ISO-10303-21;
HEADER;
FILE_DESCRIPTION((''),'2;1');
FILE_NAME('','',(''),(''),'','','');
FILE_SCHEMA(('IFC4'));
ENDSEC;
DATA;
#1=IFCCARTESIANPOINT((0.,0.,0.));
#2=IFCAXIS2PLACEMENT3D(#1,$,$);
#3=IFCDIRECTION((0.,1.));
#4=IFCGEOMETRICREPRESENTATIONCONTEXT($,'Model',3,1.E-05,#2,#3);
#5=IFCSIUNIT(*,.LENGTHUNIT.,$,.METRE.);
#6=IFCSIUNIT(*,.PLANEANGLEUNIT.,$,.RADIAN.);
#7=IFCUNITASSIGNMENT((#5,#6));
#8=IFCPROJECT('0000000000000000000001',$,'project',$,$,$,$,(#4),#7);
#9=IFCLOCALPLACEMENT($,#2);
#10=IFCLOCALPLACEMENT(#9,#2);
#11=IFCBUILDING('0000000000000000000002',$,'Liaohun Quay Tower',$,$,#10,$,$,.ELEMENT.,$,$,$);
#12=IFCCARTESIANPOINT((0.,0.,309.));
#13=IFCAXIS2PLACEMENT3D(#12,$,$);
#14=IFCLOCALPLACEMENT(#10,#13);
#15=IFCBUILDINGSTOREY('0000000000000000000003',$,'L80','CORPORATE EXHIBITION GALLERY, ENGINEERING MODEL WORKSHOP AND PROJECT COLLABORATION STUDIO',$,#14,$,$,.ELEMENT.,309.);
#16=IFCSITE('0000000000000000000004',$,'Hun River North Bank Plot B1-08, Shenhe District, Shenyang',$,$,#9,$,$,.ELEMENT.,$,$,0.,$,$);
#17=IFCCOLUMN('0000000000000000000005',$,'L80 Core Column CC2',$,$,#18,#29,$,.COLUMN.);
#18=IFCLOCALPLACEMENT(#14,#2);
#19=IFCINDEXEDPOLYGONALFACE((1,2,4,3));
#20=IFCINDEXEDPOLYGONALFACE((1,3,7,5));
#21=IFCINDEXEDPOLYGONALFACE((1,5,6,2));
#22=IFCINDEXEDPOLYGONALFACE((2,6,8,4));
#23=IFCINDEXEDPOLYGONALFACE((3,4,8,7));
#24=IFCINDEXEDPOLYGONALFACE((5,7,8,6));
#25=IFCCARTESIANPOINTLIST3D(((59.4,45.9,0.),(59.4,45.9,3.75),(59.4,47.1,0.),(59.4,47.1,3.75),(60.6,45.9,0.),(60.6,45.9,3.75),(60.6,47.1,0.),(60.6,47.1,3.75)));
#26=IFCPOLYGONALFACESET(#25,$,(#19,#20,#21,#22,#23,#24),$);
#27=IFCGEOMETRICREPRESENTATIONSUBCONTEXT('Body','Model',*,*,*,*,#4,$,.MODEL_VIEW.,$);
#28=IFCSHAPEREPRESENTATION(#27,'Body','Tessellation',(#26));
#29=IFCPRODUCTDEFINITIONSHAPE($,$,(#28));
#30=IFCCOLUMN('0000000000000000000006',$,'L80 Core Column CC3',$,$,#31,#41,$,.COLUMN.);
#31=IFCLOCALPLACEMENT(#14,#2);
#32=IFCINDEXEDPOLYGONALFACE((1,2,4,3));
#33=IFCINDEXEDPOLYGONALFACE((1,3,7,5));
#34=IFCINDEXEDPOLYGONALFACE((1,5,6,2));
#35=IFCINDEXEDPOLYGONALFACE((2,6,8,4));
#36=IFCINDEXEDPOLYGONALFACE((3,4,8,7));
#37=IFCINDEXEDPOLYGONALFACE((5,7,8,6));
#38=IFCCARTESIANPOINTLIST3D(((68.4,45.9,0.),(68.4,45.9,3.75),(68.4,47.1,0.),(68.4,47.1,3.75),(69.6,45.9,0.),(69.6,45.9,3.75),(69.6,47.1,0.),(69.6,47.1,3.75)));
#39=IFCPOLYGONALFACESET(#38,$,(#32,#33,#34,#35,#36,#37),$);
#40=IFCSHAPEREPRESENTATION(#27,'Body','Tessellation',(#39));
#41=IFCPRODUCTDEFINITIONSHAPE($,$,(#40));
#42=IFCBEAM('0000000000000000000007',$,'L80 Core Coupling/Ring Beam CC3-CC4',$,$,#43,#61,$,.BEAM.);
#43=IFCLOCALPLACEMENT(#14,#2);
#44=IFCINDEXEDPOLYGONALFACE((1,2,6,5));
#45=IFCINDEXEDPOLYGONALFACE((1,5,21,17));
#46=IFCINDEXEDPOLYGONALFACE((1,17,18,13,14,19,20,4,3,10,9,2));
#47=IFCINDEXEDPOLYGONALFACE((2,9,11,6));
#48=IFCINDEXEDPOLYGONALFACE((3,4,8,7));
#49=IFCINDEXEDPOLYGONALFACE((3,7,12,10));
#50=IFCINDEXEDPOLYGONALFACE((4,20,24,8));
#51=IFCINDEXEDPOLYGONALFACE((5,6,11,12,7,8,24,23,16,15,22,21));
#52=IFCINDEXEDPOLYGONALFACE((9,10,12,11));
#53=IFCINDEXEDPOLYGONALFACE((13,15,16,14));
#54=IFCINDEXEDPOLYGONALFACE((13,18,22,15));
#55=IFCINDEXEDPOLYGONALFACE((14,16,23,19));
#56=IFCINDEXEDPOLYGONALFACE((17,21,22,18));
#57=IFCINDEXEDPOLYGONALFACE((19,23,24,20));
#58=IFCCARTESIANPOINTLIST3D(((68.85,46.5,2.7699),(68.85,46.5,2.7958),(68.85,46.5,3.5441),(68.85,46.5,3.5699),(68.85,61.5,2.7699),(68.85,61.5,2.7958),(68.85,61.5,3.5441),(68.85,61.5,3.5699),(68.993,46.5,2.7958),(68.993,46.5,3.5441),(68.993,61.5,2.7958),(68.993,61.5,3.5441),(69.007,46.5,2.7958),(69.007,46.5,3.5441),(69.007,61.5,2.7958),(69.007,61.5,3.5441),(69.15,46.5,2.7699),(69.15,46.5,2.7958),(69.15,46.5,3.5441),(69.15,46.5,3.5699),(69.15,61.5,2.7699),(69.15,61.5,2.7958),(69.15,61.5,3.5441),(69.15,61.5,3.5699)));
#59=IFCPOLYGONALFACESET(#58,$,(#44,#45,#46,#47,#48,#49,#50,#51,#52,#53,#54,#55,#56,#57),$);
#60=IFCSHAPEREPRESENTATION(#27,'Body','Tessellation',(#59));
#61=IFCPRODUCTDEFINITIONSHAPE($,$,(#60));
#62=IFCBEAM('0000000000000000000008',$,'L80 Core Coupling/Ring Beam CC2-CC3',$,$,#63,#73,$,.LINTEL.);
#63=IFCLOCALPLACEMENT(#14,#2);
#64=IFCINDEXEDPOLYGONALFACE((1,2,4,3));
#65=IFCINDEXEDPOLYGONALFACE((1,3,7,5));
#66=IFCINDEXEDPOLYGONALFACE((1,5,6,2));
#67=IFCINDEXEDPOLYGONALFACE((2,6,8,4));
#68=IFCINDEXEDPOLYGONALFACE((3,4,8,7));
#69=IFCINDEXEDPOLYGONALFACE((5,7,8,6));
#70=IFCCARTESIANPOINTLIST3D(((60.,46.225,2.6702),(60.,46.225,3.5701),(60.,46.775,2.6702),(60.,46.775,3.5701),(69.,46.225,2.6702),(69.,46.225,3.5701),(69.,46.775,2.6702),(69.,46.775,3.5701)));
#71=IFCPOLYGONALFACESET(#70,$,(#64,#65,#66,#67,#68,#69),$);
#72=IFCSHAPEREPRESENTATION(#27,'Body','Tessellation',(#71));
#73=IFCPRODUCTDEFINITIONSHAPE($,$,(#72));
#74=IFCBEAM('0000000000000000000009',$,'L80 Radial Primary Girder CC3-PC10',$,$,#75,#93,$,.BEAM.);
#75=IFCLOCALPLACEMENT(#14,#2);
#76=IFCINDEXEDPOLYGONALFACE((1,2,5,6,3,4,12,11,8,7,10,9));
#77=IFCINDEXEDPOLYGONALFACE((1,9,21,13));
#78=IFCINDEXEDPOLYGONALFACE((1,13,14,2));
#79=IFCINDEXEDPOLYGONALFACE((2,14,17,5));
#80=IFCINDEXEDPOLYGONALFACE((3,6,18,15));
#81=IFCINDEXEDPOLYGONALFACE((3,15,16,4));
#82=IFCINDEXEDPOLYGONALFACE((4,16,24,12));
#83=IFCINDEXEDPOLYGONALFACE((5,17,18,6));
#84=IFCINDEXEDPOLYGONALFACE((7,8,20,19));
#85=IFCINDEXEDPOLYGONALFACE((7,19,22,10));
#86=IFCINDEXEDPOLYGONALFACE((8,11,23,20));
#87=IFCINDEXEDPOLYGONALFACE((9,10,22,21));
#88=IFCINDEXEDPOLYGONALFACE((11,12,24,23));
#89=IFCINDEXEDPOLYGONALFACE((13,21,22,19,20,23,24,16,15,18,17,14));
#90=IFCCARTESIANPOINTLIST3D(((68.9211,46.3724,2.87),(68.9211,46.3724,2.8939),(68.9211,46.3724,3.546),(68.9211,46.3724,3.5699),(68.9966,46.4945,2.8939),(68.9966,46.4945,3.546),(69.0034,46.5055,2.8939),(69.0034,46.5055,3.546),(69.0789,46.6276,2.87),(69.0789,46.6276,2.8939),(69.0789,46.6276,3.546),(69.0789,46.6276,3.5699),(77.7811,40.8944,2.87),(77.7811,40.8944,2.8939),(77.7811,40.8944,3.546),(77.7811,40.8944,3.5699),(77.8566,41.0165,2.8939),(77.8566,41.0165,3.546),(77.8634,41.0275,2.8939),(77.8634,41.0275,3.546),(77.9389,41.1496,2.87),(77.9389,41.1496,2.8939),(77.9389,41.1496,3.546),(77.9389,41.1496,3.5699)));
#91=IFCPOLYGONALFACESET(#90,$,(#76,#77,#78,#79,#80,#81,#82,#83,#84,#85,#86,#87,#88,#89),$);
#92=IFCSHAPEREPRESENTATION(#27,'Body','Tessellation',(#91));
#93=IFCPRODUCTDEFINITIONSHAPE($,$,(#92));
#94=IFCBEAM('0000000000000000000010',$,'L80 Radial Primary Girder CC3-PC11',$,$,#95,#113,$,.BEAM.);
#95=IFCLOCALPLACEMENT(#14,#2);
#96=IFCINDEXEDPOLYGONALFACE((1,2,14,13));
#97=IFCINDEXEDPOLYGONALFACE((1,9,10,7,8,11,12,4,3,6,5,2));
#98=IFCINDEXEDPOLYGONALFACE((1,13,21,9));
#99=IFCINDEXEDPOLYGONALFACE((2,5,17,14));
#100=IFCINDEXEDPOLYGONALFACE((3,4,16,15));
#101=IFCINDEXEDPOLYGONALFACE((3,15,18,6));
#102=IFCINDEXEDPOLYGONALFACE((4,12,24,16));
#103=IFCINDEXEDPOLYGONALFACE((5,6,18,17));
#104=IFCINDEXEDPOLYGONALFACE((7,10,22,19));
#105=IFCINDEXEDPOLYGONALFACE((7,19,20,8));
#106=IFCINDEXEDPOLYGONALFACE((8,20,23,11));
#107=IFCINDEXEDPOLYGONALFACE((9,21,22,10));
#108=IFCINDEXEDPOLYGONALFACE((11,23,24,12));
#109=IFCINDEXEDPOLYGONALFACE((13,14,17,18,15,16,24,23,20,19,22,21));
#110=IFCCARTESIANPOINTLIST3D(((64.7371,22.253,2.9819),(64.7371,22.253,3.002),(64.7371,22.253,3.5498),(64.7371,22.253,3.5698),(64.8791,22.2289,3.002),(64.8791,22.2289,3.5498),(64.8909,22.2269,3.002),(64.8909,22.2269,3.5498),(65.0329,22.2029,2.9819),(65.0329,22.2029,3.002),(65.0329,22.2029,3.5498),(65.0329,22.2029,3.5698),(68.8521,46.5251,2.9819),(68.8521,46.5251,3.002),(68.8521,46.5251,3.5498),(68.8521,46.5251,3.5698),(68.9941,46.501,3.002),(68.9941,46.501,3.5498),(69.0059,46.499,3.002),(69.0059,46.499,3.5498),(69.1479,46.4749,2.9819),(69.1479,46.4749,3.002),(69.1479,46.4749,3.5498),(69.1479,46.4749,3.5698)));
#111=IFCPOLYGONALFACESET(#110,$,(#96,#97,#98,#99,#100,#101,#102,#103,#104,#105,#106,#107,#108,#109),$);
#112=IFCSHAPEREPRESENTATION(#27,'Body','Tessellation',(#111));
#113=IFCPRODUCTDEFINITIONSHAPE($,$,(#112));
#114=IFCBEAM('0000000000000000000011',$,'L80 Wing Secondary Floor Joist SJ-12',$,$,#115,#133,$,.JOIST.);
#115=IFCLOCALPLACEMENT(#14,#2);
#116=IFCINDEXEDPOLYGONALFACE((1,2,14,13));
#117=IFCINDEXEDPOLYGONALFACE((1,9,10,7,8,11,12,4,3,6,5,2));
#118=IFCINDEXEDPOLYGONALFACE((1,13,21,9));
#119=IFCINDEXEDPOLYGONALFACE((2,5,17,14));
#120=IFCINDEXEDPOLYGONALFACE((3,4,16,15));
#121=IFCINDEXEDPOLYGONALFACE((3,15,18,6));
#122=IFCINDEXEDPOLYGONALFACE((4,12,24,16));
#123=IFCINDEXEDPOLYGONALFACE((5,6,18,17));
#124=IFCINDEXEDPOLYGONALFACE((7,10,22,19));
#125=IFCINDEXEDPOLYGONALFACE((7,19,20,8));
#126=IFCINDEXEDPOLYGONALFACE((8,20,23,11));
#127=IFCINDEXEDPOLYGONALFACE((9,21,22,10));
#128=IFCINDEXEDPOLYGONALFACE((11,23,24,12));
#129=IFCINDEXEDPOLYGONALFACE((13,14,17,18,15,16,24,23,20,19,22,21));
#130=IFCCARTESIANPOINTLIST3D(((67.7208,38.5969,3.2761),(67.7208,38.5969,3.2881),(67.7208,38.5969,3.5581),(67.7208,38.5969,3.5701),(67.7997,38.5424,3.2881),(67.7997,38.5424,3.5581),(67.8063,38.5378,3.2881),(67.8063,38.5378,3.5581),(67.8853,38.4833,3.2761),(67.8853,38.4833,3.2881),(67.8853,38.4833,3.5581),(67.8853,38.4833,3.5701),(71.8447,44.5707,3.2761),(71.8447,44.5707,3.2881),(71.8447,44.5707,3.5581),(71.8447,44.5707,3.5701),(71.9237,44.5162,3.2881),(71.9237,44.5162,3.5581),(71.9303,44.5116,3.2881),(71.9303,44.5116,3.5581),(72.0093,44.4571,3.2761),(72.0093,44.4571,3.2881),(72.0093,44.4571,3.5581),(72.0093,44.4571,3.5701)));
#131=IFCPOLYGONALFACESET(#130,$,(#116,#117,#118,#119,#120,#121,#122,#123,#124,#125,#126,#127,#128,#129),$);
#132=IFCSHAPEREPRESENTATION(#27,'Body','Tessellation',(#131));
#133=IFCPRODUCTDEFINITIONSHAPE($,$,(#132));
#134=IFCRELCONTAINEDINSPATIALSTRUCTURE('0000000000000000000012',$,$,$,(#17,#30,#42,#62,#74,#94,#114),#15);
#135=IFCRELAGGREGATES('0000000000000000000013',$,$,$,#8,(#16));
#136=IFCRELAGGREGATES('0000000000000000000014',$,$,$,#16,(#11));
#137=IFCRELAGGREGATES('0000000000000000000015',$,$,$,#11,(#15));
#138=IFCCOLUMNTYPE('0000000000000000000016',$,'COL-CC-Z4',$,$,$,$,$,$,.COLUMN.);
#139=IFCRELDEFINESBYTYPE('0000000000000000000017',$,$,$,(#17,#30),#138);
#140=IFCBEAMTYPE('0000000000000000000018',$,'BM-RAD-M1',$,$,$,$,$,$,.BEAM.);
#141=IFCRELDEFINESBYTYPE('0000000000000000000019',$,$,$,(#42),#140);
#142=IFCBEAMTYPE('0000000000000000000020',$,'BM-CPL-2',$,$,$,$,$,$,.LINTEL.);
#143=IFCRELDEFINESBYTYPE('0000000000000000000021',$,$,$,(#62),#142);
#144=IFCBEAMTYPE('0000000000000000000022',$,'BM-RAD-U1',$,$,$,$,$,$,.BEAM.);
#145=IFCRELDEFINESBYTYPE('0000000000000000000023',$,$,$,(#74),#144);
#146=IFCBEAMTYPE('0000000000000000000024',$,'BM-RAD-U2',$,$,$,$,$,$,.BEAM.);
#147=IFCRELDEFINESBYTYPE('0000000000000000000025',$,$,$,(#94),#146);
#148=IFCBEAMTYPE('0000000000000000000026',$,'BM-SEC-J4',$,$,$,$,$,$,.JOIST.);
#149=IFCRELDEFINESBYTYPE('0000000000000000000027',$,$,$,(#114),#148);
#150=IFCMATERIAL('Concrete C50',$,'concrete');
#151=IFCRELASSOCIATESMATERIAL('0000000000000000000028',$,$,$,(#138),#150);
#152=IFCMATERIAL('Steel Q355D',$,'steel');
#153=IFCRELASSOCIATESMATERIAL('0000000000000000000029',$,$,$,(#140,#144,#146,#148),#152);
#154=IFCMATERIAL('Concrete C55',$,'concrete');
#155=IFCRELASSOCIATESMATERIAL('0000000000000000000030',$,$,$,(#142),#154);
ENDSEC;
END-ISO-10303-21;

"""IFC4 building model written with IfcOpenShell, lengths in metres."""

from ifc_helpers import new_model, si_unit, direction, frame, origin, origin_2d, place, context, subcontext, project, spatial, rectangle, i_section, extrude, source, transform, mapped, material, material_profile, profile_set, type_object, element, save


model = new_model("IFC4")

# Units and contexts
model_context = context("Model", 3, precision=1e-05, world=origin(), true_north=direction((0.0, 1.0)))
body_context = subcontext(model_context, "Body", "Model", "MODEL_VIEW")
ifc_project = project(units=[si_unit("LENGTHUNIT", "METRE"), si_unit("PLANEANGLEUNIT", "RADIAN")], contexts=[model_context])

# Site, building, storey
site_placement = place(None, origin())
site = spatial("IfcSite", under=ifc_project, at=site_placement, Name="Hun River North Bank Plot B1-08, Shenhe District, Shenyang", CompositionType="ELEMENT", RefElevation=0.0)
building_placement = place(site_placement, origin())
building = spatial("IfcBuilding", under=site, at=building_placement, Name="Liaohun Quay Tower", CompositionType="ELEMENT")
storey_placement = place(building_placement, frame((0.0, 0.0, 309.0)))
storey = spatial("IfcBuildingStorey", under=building, at=storey_placement, Name="L80", Description="CORPORATE EXHIBITION GALLERY, ENGINEERING MODEL WORKSHOP AND PROJECT COLLABORATION STUDIO", CompositionType="ELEMENT", Elevation=309.0)

# Columns
ifc_material_1 = material(Name="Concrete C50", Category="concrete")
ifc_material_profile_1 = material_profile(ifc_material_1, rectangle(XDim=1.2, YDim=1.2, at=origin_2d()), Name="RC1200x1200")
ifc_profile_set_1 = profile_set([ifc_material_profile_1], Name="Concrete C50")
column_type = type_object("IfcColumnType", Name="COL-CC-Z4", PredefinedType="COLUMN", material=ifc_profile_set_1)
shared_shape_1 = source(origin(), body_context, "Body", "SweptSolid", [
    extrude(rectangle(XDim=1.2, YDim=1.2, at=origin_2d()), origin(), (0.0, 0.0, 1.0), 3.75),
])
for number, where, z_axis, x_axis, name in (
    (1, (60.0, 46.5, 0.0), (0.0, 0.0, 1.0), (1.0, 0.0, 0.0), "L80 Core Column CC2"),
    (2, (69.0, 46.5, 0.0), (0.0, 0.0, 1.0), (1.0, 0.0, 0.0), "L80 Core Column CC3"),
):
    element("IfcColumn", number, at=place(storey_placement, frame(where, z_axis=z_axis, x_axis=x_axis)), inside=storey, type_object=column_type, Name=name, PredefinedType="COLUMN", context=body_context, shape_type="MappedRepresentation", body=[
        mapped(shared_shape_1, transform((0.0, 0.0, 0.0), x_axis=(1.0, 0.0, 0.0), y_axis=(0.0, 1.0, 0.0), z_axis=(0.0, 0.0, 1.0), scale=1.0)),
    ])

# Beams
ifc_material_2 = material(Name="Steel Q355D", Category="steel")
ifc_material_profile_2 = material_profile(ifc_material_2, i_section(OverallWidth=0.3, OverallDepth=0.8, WebThickness=0.0139, FlangeThickness=0.0259, at=origin_2d()), Name="HN800x300x14x26")
ifc_profile_set_2 = profile_set([ifc_material_profile_2], Name="Steel Q355D")
beam_type_1 = type_object("IfcBeamType", Name="BM-RAD-M1", PredefinedType="BEAM", material=ifc_profile_set_2)
shared_shape_2 = source(origin(), body_context, "Body", "SweptSolid", [
    extrude(i_section(OverallWidth=0.3, OverallDepth=0.8, WebThickness=0.0139, FlangeThickness=0.0259, at=origin_2d()), origin(), (0.0, 0.0, 1.0), 15.0),
])
beam_1_placement = place(storey_placement, frame((69.0, 46.5, 3.1699), z_axis=(0.0, 1.0, 0.0), x_axis=(-1.0, 0.0, 0.0)))
element("IfcBeam", 3, at=beam_1_placement, inside=storey, type_object=beam_type_1, Name="L80 Core Coupling/Ring Beam CC3-CC4", PredefinedType="BEAM", context=body_context, shape_type="MappedRepresentation", body=[
    mapped(shared_shape_2, transform((0.0, 0.0, 0.0), x_axis=(1.0, 0.0, 0.0), y_axis=(0.0, 1.0, 0.0), z_axis=(0.0, 0.0, 1.0), scale=1.0)),
])
ifc_material_3 = material(Name="Concrete C55", Category="concrete")
ifc_material_profile_3 = material_profile(ifc_material_3, rectangle(XDim=0.55, YDim=0.8999, at=origin_2d()), Name="RC550x900")
ifc_profile_set_3 = profile_set([ifc_material_profile_3], Name="Concrete C55")
beam_type_2 = type_object("IfcBeamType", Name="BM-CPL-2", PredefinedType="LINTEL", material=ifc_profile_set_3)
shared_shape_3 = source(origin(), body_context, "Body", "SweptSolid", [
    extrude(rectangle(XDim=0.55, YDim=0.8999, at=origin_2d()), origin(), (0.0, 0.0, 1.0), 9.0),
])
beam_2_placement = place(storey_placement, frame((60.0, 46.5, 3.1201), z_axis=(1.0, 0.0, 0.0), x_axis=(0.0, 1.0, 0.0)))
element("IfcBeam", 4, at=beam_2_placement, inside=storey, type_object=beam_type_2, Name="L80 Core Coupling/Ring Beam CC2-CC3", PredefinedType="LINTEL", context=body_context, shape_type="MappedRepresentation", body=[
    mapped(shared_shape_3, transform((0.0, 0.0, 0.0), x_axis=(1.0, 0.0, 0.0), y_axis=(0.0, 1.0, 0.0), z_axis=(0.0, 0.0, 1.0), scale=1.0)),
])
ifc_material_profile_4 = material_profile(ifc_material_2, i_section(OverallWidth=0.3, OverallDepth=0.7, WebThickness=0.0129, FlangeThickness=0.0239, at=origin_2d()), Name="HN700x300x13x24")
ifc_profile_set_4 = profile_set([ifc_material_profile_4], Name="Steel Q355D")
beam_type_3 = type_object("IfcBeamType", Name="BM-RAD-U1", PredefinedType="BEAM", material=ifc_profile_set_4)
shared_shape_4 = source(origin(), body_context, "Body", "SweptSolid", [
    extrude(i_section(OverallWidth=0.3, OverallDepth=0.7, WebThickness=0.0129, FlangeThickness=0.0239, at=origin_2d()), origin(), (0.0, 0.0, 1.0), 10.4167),
])
beam_3_placement = place(storey_placement, frame((69.0, 46.5, 3.22), z_axis=(0.850557, -0.525883, 0.0), x_axis=(0.525883, 0.850557, 0.0)))
element("IfcBeam", 5, at=beam_3_placement, inside=storey, type_object=beam_type_3, Name="L80 Radial Primary Girder CC3-PC10", PredefinedType="BEAM", context=body_context, shape_type="MappedRepresentation", body=[
    mapped(shared_shape_4, transform((0.0, 0.0, 0.0), x_axis=(1.0, 0.0, 0.0), y_axis=(0.0, 1.0, 0.0), z_axis=(0.0, 0.0, 1.0), scale=1.0)),
])
ifc_material_profile_5 = material_profile(ifc_material_2, i_section(OverallWidth=0.3, OverallDepth=0.5879, WebThickness=0.012, FlangeThickness=0.02, at=origin_2d()), Name="HM588x300x12x20")
ifc_profile_set_5 = profile_set([ifc_material_profile_5], Name="Steel Q355D")
beam_type_4 = type_object("IfcBeamType", Name="BM-RAD-U2", PredefinedType="BEAM", material=ifc_profile_set_5)
shared_shape_5 = source(origin(), body_context, "Body", "SweptSolid", [
    extrude(i_section(OverallWidth=0.3, OverallDepth=0.5879, WebThickness=0.012, FlangeThickness=0.02, at=origin_2d()), origin(), (0.0, 0.0, 1.0), 24.6184),
])
beam_4_placement = place(storey_placement, frame((69.0, 46.5, 3.2759), z_axis=(-0.167152, -0.985931, 0.0), x_axis=(0.985931, -0.167152, 0.0)))
element("IfcBeam", 6, at=beam_4_placement, inside=storey, type_object=beam_type_4, Name="L80 Radial Primary Girder CC3-PC11", PredefinedType="BEAM", context=body_context, shape_type="MappedRepresentation", body=[
    mapped(shared_shape_5, transform((0.0, 0.0, 0.0), x_axis=(1.0, 0.0, 0.0), y_axis=(0.0, 1.0, 0.0), z_axis=(0.0, 0.0, 1.0), scale=1.0)),
])
ifc_material_profile_6 = material_profile(ifc_material_2, i_section(OverallWidth=0.2, OverallDepth=0.2939, WebThickness=0.0081, FlangeThickness=0.012, at=origin_2d()), Name="HM294x200x8x12")
ifc_profile_set_6 = profile_set([ifc_material_profile_6], Name="Steel Q355D")
beam_type_5 = type_object("IfcBeamType", Name="BM-SEC-J4", PredefinedType="JOIST", material=ifc_profile_set_6)
shared_shape_6 = source(origin(), body_context, "Body", "SweptSolid", [
    extrude(i_section(OverallWidth=0.2, OverallDepth=0.2939, WebThickness=0.0081, FlangeThickness=0.012, at=origin_2d()), origin(), (0.0, 0.0, 1.0), 7.259),
])
beam_5_placement = place(storey_placement, frame((71.927, 44.5139, 3.4231), z_axis=(-0.568116, -0.822948, 0.0), x_axis=(0.822948, -0.568116, 0.0)))
element("IfcBeam", 7, at=beam_5_placement, inside=storey, type_object=beam_type_5, Name="L80 Wing Secondary Floor Joist SJ-12", PredefinedType="JOIST", context=body_context, shape_type="MappedRepresentation", body=[
    mapped(shared_shape_6, transform((0.0, 0.0, 0.0), x_axis=(1.0, 0.0, 0.0), y_axis=(0.0, 1.0, 0.0), z_axis=(0.0, 0.0, 1.0), scale=1.0)),
])

save(model, "model.ifc")
